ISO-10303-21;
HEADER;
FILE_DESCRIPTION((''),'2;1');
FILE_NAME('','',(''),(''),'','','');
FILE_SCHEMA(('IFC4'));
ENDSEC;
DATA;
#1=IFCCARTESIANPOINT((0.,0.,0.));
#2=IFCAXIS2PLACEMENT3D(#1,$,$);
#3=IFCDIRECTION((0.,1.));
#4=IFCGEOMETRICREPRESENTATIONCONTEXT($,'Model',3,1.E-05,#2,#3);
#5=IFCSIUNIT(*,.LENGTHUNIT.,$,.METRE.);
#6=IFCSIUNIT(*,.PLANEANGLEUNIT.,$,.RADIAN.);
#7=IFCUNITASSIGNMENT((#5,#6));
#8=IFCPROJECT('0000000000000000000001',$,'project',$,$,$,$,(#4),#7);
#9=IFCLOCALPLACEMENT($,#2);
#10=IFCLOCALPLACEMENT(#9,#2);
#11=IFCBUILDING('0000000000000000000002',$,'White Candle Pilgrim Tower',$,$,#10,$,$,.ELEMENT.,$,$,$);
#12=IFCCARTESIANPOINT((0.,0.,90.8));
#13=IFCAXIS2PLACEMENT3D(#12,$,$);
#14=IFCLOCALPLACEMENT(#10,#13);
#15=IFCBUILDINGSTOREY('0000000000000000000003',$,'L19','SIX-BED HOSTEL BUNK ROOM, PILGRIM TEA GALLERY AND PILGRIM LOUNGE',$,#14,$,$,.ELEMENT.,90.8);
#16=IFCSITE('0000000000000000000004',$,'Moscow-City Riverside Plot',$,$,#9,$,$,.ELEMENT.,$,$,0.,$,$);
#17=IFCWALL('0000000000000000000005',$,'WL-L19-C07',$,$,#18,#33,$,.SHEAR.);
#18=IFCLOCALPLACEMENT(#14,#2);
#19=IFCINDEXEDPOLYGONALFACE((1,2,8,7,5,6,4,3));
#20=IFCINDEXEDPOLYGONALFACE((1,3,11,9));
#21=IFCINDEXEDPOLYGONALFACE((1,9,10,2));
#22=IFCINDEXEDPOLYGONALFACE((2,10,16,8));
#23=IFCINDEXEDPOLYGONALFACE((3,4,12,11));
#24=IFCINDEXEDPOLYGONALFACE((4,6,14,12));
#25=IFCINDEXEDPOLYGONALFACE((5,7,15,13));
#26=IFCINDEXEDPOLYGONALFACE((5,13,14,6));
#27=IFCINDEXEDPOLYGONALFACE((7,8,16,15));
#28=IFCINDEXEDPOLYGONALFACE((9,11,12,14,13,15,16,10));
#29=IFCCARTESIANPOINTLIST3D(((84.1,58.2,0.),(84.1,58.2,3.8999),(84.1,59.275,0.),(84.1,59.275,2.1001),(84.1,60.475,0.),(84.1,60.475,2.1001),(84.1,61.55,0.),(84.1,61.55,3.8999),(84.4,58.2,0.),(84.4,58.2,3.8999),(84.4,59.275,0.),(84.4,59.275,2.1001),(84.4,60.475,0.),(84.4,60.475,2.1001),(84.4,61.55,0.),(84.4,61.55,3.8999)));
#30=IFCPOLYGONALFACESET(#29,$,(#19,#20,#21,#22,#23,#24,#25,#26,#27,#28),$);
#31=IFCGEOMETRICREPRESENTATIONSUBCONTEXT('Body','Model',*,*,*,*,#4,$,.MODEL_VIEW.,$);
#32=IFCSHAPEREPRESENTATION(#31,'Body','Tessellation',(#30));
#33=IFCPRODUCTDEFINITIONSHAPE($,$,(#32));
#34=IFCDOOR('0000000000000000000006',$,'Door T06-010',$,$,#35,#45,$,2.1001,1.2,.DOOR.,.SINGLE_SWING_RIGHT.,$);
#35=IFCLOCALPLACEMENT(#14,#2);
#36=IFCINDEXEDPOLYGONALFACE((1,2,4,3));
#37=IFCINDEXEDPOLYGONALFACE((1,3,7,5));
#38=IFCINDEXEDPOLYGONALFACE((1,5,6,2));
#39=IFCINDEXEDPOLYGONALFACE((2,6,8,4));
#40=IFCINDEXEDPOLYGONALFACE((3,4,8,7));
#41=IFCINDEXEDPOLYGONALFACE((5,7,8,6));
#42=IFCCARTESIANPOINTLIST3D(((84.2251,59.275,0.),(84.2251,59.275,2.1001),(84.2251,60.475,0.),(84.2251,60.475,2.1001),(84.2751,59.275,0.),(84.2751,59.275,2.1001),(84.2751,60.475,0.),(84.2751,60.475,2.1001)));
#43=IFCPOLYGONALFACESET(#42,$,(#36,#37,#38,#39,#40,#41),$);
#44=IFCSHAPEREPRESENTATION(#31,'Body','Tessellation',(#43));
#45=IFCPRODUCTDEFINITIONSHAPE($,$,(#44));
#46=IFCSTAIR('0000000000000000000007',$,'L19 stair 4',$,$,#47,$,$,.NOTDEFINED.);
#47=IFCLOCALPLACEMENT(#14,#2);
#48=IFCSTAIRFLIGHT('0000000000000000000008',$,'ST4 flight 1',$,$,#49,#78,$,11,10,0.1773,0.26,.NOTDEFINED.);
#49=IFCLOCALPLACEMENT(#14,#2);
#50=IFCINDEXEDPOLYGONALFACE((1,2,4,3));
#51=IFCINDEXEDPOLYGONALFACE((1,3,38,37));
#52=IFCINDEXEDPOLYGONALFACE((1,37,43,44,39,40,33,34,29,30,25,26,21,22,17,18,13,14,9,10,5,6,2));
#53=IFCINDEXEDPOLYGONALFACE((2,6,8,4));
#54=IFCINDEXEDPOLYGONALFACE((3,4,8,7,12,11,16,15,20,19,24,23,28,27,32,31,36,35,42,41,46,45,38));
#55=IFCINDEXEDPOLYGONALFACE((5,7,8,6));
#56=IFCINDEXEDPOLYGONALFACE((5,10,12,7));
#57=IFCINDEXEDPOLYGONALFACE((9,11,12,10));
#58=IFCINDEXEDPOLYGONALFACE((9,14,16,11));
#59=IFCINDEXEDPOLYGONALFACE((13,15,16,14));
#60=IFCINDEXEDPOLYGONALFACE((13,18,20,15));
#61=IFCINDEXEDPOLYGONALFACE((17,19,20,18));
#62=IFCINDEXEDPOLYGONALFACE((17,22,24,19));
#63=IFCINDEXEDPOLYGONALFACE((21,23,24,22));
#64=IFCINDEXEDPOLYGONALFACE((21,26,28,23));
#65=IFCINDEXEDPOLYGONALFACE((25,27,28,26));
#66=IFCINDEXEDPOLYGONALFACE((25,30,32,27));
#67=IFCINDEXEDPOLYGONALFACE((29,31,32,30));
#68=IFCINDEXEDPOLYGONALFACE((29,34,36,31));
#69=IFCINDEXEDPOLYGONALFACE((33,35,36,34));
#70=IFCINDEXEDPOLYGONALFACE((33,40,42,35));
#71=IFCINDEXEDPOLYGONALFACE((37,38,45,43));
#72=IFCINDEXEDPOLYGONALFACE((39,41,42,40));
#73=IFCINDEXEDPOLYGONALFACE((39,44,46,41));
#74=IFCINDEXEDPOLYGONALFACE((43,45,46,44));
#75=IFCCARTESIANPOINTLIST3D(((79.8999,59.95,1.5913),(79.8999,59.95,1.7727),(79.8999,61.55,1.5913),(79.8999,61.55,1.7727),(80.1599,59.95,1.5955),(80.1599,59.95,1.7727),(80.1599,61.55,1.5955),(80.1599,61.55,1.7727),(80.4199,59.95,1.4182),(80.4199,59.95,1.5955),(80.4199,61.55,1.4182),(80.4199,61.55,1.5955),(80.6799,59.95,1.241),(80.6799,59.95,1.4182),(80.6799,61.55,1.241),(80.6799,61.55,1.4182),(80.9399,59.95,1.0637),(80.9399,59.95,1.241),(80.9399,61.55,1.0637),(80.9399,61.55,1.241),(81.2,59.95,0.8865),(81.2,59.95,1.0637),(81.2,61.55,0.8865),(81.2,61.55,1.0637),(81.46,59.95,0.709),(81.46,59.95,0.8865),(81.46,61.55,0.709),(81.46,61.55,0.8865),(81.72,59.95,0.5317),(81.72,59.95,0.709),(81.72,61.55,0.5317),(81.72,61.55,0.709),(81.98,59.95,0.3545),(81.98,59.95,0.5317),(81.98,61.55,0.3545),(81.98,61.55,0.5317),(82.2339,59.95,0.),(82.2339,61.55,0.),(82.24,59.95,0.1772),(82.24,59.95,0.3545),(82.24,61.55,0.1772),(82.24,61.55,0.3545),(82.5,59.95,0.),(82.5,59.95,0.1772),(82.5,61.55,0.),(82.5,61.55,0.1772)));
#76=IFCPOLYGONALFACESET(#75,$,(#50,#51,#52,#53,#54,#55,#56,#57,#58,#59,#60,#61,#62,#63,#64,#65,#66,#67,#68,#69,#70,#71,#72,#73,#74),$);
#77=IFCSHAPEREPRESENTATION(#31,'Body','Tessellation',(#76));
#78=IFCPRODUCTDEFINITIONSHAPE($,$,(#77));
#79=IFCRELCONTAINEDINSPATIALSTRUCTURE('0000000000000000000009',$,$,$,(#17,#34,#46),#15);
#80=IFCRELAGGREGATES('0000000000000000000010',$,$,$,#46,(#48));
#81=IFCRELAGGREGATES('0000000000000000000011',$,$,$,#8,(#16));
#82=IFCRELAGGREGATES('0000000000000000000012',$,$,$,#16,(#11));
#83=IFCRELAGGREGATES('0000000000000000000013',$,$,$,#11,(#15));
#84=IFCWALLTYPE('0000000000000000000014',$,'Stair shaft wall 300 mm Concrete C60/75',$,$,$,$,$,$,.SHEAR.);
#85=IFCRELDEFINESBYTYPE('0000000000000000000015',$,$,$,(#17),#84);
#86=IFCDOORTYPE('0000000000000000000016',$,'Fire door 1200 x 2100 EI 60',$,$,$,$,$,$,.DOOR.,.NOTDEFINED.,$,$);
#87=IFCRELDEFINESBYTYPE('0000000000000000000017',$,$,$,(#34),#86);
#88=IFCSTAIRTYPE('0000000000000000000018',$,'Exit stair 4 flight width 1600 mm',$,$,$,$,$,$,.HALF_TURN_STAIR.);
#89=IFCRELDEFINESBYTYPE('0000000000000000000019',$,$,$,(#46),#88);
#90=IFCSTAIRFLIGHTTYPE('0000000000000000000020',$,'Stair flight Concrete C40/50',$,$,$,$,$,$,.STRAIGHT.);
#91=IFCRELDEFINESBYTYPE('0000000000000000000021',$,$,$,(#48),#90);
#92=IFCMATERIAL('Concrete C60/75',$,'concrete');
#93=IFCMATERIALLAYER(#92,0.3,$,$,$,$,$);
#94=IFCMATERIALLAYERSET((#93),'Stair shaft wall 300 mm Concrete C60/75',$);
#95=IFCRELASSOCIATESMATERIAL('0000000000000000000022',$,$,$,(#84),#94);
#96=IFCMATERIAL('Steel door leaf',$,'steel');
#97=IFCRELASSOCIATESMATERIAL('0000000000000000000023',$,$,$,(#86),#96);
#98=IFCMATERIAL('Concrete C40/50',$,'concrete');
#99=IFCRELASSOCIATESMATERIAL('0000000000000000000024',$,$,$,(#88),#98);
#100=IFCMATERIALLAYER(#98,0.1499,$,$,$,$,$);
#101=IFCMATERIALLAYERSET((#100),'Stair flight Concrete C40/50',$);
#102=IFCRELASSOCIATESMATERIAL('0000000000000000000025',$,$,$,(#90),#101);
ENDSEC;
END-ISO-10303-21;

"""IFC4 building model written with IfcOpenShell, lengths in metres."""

from ifc_helpers import new_model, si_unit, direction, frame, frame_2d, origin, place, context, subcontext, project, spatial, polyline, rectangle, outline, extrude, material, layer, layer_set, type_object, element, fill, aggregate, save


model = new_model("IFC4")

# Units and contexts
model_context = context("Model", 3, precision=1e-05, world=origin(), true_north=direction((0.0, 1.0)))
body_context = subcontext(model_context, "Body", "Model", "MODEL_VIEW")
ifc_project = project(units=[si_unit("LENGTHUNIT", "METRE"), si_unit("PLANEANGLEUNIT", "RADIAN")], contexts=[model_context])

# Site, building, storey
site_placement = place(None, origin())
site = spatial("IfcSite", under=ifc_project, at=site_placement, Name="Moscow-City Riverside Plot", CompositionType="ELEMENT", RefElevation=0.0)
building_placement = place(site_placement, origin())
building = spatial("IfcBuilding", under=site, at=building_placement, Name="White Candle Pilgrim Tower", CompositionType="ELEMENT")
storey_placement = place(building_placement, frame((0.0, 0.0, 90.8)))
storey = spatial("IfcBuildingStorey", under=building, at=storey_placement, Name="L19", Description="SIX-BED HOSTEL BUNK ROOM, PILGRIM TEA GALLERY AND PILGRIM LOUNGE", CompositionType="ELEMENT", Elevation=90.8)

# Shared definitions
ifc_material_1 = material(Name="Concrete C60/75", Category="concrete")

# Shared definitions
ifc_material_2 = material(Name="Steel door leaf", Category="steel")

# Wall, opening, door
ifc_layer_1 = layer(ifc_material_1, 0.3)
ifc_layer_set_1 = layer_set([ifc_layer_1], Name="Stair shaft wall 300 mm Concrete C60/75")
wall_type_1 = type_object("IfcWallType", Name="Stair shaft wall 300 mm Concrete C60/75", PredefinedType="SHEAR", material=ifc_layer_set_1)
wall_1_placement = place(storey_placement, frame((84.25, 58.2, 0.0), z_axis=(0.0, 0.0, 1.0), x_axis=(0.0, 1.0, 0.0)))
wall_1 = element("IfcWall", 1, at=wall_1_placement, inside=storey, type_object=wall_type_1, Name="WL-L19-C07", PredefinedType="SHEAR", context=body_context, shape_type="SweptSolid", body=[
    extrude(rectangle(XDim=3.3501, YDim=0.3, at=frame_2d((1.675, 0.0))), origin(), (0.0, 0.0, 1.0), 3.8999),
])
opening_1_placement = place(wall_1_placement, frame((1.075, 0.0, 0.0)))
opening_1 = element("IfcOpeningElement", 2, at=opening_1_placement, cuts=wall_1, PredefinedType="OPENING", context=body_context, shape_type="SweptSolid", body=[
    extrude(rectangle(XDim=1.2, YDim=2.1001, at=frame_2d((0.6001, 1.05))), frame((0.0, 0.1599, 0.0), z_axis=(0.0, -1.0, 0.0), x_axis=(1.0, 0.0, 0.0)), (0.0, 0.0, 1.0), 0.3201),
])
door_type_1 = type_object("IfcDoorType", Name="Fire door 1200 x 2100 EI 60", OperationType="NOTDEFINED", PredefinedType="DOOR", material=ifc_material_2)
door_1_placement = place(opening_1_placement, origin())
door_1 = element("IfcDoor", 3, at=door_1_placement, inside=storey, type_object=door_type_1, Name="Door T06-010", OperationType="SINGLE_SWING_RIGHT", OverallHeight=2.1001, OverallWidth=1.2, PredefinedType="DOOR", context=body_context, shape_type="SweptSolid", body=[
    extrude(rectangle(XDim=1.2, YDim=2.1001, at=frame_2d((0.6001, 1.05))), frame((0.0, 0.0249, 0.0), z_axis=(0.0, -1.0, 0.0), x_axis=(1.0, 0.0, 0.0)), (0.0, 0.0, 1.0), 0.05),
])
fill(opening_1, door_1)

# Stair, stair flight
ifc_material_3 = material(Name="Concrete C40/50", Category="concrete")
stair_type = type_object("IfcStairType", Name="Exit stair 4 flight width 1600 mm", PredefinedType="HALF_TURN_STAIR", material=ifc_material_3)
stair_placement = place(storey_placement, origin())
stair = element("IfcStair", 4, at=stair_placement, inside=storey, type_object=stair_type, Name="L19 stair 4", PredefinedType="NOTDEFINED")
ifc_layer_2 = layer(ifc_material_3, 0.1499)
ifc_layer_set_2 = layer_set([ifc_layer_2], Name="Stair flight Concrete C40/50")
stair_flight_type = type_object("IfcStairFlightType", Name="Stair flight Concrete C40/50", PredefinedType="STRAIGHT", material=ifc_layer_set_2)
stair_flight_placement = place(storey_placement, frame((82.5, 60.75, 0.0), z_axis=(0.0, 0.0, 1.0), x_axis=(-1.0, 0.0, 0.0)))
stair_flight = element("IfcStairFlight", 5, at=stair_flight_placement, type_object=stair_flight_type, Name="ST4 flight 1", NumberOfRisers=11, NumberOfTreads=10, PredefinedType="NOTDEFINED", RiserHeight=0.1773, TreadLength=0.26, context=body_context, shape_type="SweptSolid", body=[
    extrude(outline(polyline([(0.0, 0.0), (0.0, 0.1772), (0.26, 0.1772), (0.26, 0.3545), (0.52, 0.3545), (0.52, 0.5317), (0.78, 0.5317), (0.78, 0.709), (1.04, 0.709), (1.04, 0.8865), (1.3, 0.8865), (1.3, 1.0637), (1.5601, 1.0637), (1.5601, 1.241), (1.8201, 1.241), (1.8201, 1.4182), (2.0801, 1.4182), (2.0801, 1.5955), (2.3401, 1.5955), (2.3401, 1.7727), (2.6001, 1.7727), (2.6001, 1.95), (2.6001, 1.5913), (0.2661, 0.0), (0.0, 0.0)])), frame((0.0, 0.8, 0.0), z_axis=(0.0, -1.0, 0.0), x_axis=(1.0, 0.0, 0.0)), (0.0, 0.0, 1.0), 1.6001),
])
aggregate(stair, [stair_flight])

save(model, "model.ifc")
